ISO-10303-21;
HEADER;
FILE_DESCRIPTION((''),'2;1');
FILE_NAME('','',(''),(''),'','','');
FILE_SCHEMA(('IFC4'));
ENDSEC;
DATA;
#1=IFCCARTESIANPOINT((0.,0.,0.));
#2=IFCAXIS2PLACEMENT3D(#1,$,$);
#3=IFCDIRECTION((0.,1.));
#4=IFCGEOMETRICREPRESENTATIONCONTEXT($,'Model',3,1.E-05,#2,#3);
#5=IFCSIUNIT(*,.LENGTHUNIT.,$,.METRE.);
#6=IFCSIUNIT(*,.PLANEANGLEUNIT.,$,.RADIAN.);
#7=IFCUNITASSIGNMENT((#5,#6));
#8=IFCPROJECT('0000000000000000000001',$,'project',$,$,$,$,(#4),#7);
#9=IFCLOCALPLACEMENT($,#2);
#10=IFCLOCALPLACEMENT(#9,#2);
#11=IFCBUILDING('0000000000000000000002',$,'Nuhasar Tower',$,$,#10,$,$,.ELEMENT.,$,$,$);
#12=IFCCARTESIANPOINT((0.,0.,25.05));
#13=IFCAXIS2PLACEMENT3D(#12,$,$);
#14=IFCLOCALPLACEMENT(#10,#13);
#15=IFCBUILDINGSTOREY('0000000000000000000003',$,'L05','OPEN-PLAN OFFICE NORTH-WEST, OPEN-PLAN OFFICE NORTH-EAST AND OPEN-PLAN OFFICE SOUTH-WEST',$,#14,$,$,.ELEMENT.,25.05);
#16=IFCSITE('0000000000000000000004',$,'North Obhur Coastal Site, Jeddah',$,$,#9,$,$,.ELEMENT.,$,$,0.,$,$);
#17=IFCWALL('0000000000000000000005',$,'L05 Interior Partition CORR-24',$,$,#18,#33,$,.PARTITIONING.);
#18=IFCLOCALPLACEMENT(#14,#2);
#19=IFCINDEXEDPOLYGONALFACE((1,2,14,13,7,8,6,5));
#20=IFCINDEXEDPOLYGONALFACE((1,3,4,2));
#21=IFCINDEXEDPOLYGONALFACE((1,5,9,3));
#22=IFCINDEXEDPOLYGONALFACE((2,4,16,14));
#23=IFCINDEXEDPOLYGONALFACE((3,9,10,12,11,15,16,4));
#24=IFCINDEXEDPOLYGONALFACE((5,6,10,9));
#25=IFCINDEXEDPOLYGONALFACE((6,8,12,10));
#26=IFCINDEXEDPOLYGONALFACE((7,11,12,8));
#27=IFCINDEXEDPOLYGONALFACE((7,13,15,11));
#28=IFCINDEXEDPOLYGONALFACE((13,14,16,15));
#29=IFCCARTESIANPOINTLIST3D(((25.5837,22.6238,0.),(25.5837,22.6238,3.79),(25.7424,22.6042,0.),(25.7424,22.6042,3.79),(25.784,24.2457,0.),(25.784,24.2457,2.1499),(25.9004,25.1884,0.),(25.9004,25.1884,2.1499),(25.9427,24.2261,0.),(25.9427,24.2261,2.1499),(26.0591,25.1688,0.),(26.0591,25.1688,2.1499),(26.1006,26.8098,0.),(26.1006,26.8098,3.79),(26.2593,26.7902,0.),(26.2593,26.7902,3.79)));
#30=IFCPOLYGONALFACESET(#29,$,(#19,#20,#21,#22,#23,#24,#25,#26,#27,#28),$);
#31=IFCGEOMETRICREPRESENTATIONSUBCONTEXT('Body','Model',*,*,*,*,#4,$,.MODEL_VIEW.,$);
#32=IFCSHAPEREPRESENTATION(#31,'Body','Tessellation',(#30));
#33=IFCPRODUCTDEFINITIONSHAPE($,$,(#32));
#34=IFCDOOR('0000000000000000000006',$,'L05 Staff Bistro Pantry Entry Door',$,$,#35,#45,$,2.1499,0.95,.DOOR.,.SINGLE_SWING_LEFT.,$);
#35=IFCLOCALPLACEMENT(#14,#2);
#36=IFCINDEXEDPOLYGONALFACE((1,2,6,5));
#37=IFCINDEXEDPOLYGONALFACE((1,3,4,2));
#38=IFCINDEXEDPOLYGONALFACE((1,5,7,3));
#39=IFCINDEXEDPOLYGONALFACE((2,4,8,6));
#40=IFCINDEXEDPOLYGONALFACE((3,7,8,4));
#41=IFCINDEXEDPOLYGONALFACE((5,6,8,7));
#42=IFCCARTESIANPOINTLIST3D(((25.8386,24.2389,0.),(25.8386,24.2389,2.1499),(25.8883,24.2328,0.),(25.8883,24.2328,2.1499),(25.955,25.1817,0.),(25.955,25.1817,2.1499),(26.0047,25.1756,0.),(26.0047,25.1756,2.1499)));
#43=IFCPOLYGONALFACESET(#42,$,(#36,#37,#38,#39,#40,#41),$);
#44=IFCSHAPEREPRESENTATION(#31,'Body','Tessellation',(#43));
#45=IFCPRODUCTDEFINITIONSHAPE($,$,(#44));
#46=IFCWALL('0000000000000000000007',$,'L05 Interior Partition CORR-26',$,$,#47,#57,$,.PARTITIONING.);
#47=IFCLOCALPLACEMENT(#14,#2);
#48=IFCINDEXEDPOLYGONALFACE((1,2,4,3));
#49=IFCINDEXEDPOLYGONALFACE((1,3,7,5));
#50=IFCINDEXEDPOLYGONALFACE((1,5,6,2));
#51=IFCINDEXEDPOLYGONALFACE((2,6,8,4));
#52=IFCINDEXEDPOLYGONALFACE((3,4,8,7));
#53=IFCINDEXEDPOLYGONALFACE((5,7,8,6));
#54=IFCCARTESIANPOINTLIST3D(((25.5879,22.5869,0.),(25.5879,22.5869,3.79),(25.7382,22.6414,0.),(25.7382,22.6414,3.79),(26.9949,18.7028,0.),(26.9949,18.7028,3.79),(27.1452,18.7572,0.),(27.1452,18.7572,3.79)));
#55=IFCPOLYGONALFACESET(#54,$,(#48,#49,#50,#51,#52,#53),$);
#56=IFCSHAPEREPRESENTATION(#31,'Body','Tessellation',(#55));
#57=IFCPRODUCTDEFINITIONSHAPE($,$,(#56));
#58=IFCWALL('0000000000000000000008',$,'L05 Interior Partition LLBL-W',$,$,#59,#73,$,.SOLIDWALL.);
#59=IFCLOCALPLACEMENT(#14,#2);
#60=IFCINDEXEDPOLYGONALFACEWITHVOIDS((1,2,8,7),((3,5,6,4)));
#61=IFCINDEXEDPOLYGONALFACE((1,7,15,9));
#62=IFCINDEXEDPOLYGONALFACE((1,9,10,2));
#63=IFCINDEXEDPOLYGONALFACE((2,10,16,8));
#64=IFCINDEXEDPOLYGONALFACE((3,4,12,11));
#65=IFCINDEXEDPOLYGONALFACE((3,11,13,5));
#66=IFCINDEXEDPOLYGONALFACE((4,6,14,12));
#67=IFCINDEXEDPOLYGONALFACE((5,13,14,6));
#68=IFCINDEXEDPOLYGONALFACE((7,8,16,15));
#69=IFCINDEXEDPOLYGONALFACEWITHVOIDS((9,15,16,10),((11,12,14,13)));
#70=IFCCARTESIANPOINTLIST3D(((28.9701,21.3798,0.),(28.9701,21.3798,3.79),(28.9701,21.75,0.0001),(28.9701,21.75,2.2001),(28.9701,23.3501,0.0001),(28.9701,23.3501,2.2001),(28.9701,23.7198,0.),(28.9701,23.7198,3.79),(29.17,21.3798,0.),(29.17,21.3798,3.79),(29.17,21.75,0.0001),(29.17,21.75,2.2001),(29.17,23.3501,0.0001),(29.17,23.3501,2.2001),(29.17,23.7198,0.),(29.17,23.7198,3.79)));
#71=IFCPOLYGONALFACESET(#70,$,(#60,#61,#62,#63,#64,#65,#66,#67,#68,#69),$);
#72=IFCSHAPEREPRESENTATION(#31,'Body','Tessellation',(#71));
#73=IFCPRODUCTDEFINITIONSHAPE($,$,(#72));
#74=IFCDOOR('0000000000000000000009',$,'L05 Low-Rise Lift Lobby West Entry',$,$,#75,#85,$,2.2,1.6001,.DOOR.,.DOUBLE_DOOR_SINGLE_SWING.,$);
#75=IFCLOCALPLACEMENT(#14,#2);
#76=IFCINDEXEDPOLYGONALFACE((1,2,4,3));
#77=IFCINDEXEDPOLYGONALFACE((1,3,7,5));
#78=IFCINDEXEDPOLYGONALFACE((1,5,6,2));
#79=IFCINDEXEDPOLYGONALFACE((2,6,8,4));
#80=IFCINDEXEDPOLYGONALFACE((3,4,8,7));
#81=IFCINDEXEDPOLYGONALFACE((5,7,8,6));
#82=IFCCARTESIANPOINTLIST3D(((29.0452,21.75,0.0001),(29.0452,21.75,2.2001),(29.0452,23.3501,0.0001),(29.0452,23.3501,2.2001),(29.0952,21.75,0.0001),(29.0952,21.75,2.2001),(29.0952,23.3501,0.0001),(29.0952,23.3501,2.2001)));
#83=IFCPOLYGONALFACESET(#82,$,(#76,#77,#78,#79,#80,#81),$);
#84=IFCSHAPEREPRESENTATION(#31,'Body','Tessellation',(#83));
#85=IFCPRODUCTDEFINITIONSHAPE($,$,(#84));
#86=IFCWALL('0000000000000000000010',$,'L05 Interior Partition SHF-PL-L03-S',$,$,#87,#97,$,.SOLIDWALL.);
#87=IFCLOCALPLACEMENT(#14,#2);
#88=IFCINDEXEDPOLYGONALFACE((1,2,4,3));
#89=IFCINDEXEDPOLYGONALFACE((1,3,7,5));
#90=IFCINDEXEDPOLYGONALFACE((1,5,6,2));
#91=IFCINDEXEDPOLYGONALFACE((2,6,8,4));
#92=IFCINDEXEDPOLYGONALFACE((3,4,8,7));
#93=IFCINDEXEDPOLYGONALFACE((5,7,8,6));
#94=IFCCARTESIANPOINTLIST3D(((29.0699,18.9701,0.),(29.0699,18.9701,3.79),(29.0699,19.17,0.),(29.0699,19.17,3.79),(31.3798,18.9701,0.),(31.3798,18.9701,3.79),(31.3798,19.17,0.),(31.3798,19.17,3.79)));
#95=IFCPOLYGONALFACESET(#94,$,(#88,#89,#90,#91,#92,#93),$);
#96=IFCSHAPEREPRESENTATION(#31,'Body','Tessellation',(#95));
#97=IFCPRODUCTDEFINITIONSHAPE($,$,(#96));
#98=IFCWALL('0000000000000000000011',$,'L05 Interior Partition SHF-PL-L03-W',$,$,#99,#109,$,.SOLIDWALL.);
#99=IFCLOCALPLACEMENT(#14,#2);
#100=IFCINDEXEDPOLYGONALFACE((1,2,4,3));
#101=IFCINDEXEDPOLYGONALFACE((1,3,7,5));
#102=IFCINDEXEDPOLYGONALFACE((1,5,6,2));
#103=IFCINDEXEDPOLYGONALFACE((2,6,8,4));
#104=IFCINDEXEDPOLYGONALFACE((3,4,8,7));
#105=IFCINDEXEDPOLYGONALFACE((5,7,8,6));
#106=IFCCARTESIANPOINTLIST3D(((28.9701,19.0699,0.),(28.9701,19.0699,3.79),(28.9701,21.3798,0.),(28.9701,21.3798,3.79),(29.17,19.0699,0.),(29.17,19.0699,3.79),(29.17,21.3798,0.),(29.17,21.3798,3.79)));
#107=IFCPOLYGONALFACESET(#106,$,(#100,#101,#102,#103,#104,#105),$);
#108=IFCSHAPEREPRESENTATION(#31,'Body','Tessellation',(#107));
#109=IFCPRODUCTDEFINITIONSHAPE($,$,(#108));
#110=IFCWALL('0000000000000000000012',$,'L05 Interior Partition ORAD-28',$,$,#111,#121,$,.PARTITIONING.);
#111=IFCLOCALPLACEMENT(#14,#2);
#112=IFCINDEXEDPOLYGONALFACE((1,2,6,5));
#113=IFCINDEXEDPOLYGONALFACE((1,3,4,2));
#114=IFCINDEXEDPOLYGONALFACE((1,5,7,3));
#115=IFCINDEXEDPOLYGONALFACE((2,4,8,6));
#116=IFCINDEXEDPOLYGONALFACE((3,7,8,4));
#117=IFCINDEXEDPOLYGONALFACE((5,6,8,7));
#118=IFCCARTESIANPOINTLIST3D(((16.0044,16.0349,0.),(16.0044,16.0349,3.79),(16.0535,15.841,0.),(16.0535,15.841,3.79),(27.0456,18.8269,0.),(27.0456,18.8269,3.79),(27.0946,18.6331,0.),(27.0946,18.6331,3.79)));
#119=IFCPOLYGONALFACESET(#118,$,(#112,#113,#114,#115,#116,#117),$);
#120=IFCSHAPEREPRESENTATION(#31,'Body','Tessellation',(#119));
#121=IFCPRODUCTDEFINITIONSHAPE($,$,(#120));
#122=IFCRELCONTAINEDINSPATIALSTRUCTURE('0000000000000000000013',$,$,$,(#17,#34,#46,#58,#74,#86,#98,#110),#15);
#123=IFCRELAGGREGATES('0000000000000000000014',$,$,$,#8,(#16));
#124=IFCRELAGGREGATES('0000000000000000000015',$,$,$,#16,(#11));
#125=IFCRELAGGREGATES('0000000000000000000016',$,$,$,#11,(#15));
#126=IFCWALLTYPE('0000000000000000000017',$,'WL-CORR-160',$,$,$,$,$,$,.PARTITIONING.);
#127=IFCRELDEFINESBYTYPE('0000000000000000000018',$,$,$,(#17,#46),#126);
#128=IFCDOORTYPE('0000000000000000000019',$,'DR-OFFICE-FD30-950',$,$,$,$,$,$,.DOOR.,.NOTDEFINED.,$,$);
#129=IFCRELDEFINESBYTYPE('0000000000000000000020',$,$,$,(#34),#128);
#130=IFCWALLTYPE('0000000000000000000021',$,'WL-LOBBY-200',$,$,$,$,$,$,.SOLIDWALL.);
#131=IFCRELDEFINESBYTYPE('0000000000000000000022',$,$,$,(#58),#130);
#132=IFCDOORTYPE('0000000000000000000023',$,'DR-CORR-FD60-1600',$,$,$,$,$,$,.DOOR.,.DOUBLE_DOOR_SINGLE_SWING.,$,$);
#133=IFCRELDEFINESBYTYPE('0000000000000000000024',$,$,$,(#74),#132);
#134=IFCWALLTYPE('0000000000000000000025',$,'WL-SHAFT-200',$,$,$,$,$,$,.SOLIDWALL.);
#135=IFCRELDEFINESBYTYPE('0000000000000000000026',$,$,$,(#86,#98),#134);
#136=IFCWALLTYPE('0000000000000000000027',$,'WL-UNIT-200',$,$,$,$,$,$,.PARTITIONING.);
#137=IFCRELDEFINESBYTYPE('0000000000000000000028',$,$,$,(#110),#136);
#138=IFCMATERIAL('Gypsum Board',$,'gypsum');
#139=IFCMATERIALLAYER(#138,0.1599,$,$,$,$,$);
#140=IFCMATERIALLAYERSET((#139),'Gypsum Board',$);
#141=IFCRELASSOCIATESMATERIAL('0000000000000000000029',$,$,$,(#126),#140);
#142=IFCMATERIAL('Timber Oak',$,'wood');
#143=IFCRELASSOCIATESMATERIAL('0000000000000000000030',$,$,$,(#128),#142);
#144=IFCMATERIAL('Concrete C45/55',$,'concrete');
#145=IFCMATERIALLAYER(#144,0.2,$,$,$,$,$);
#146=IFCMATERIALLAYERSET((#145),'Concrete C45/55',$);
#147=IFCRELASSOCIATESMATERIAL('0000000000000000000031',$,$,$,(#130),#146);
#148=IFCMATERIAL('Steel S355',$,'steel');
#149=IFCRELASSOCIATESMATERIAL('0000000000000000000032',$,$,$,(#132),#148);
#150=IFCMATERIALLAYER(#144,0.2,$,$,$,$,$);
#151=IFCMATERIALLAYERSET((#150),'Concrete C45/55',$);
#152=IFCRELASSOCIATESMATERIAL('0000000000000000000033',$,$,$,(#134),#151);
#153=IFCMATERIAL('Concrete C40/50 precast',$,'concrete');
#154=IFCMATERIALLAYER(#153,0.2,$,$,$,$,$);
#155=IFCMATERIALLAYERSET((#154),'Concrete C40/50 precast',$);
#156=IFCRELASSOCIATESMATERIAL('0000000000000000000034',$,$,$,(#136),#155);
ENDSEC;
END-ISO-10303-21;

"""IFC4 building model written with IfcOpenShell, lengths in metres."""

from ifc_helpers import new_model, si_unit, direction, frame, frame_2d, origin, place, context, subcontext, project, spatial, rectangle, extrude, material, layer, layer_set, type_object, element, fill, save


model = new_model("IFC4")

# Units and contexts
model_context = context("Model", 3, precision=1e-05, world=origin(), true_north=direction((0.0, 1.0)))
body_context = subcontext(model_context, "Body", "Model", "MODEL_VIEW")
ifc_project = project(units=[si_unit("LENGTHUNIT", "METRE"), si_unit("PLANEANGLEUNIT", "RADIAN")], contexts=[model_context])

# Site, building, storey
site_placement = place(None, origin())
site = spatial("IfcSite", under=ifc_project, at=site_placement, Name="North Obhur Coastal Site, Jeddah", CompositionType="ELEMENT", RefElevation=0.0)
building_placement = place(site_placement, origin())
building = spatial("IfcBuilding", under=site, at=building_placement, Name="Nuhasar Tower", CompositionType="ELEMENT")
storey_placement = place(building_placement, frame((0.0, 0.0, 25.05)))
storey = spatial("IfcBuildingStorey", under=building, at=storey_placement, Name="L05", Description="OPEN-PLAN OFFICE NORTH-WEST, OPEN-PLAN OFFICE NORTH-EAST AND OPEN-PLAN OFFICE SOUTH-WEST", CompositionType="ELEMENT", Elevation=25.05)

# Shared definitions
ifc_material_1 = material(Name="Steel S355", Category="steel")

# Wall, opening, door
ifc_material_2 = material(Name="Gypsum Board", Category="gypsum")
ifc_layer_1 = layer(ifc_material_2, 0.1599)
ifc_layer_set_1 = layer_set([ifc_layer_1], Name="Gypsum Board")
wall_type_1 = type_object("IfcWallType", Name="WL-CORR-160", PredefinedType="PARTITIONING", material=ifc_layer_set_1)
wall_1_placement = place(storey_placement, frame((25.6631, 22.614, 0.0), z_axis=(0.0, 0.0, 1.0), x_axis=(0.122539, 0.992464, 0.0)))
wall_1 = element("IfcWall", 1, at=wall_1_placement, inside=storey, type_object=wall_type_1, Name="L05 Interior Partition CORR-24", PredefinedType="PARTITIONING", context=body_context, shape_type="SweptSolid", body=[
    extrude(rectangle(XDim=4.2178, YDim=0.1599, at=frame_2d((2.1089, 0.0))), origin(), (0.0, 0.0, 1.0), 3.79),
])
opening_1_placement = place(wall_1_placement, frame((1.634, 0.0, 0.0)))
opening_1 = element("IfcOpeningElement", 2, at=opening_1_placement, cuts=wall_1, PredefinedType="OPENING", context=body_context, shape_type="SweptSolid", body=[
    extrude(rectangle(XDim=0.95, YDim=2.1499, at=frame_2d((0.4751, 1.075))), frame((0.0, 0.0898, 0.0), z_axis=(0.0, -1.0, 0.0), x_axis=(1.0, 0.0, 0.0)), (0.0, 0.0, 1.0), 0.1799),
])
ifc_material_3 = material(Name="Timber Oak", Category="wood")
door_type_1 = type_object("IfcDoorType", Name="DR-OFFICE-FD30-950", OperationType="NOTDEFINED", PredefinedType="DOOR", material=ifc_material_3)
door_1_placement = place(opening_1_placement, origin())
door_1 = element("IfcDoor", 3, at=door_1_placement, inside=storey, type_object=door_type_1, Name="L05 Staff Bistro Pantry Entry Door", OperationType="SINGLE_SWING_LEFT", OverallHeight=2.1499, OverallWidth=0.95, PredefinedType="DOOR", context=body_context, shape_type="SweptSolid", body=[
    extrude(rectangle(XDim=0.95, YDim=2.1499, at=frame_2d((0.4751, 1.075))), frame((0.0, 0.0249, 0.0), z_axis=(0.0, -1.0, 0.0), x_axis=(1.0, 0.0, 0.0)), (0.0, 0.0, 1.0), 0.05),
])
fill(opening_1, door_1)

# Wall
wall_2_placement = place(storey_placement, frame((25.6631, 22.614, 0.0), z_axis=(0.0, 0.0, 1.0), x_axis=(0.34059, -0.940212, 0.0)))
element("IfcWall", 4, at=wall_2_placement, inside=storey, type_object=wall_type_1, Name="L05 Interior Partition CORR-26", PredefinedType="PARTITIONING", context=body_context, shape_type="SweptSolid", body=[
    extrude(rectangle(XDim=4.1311, YDim=0.1599, at=frame_2d((2.0654, 0.0))), origin(), (0.0, 0.0, 1.0), 3.79),
])

# Wall, opening, door
ifc_material_4 = material(Name="Concrete C45/55", Category="concrete")
ifc_layer_2 = layer(ifc_material_4, 0.2)
ifc_layer_set_2 = layer_set([ifc_layer_2], Name="Concrete C45/55")
wall_type_2 = type_object("IfcWallType", Name="WL-LOBBY-200", PredefinedType="SOLIDWALL", material=ifc_layer_set_2)
wall_3_placement = place(storey_placement, frame((29.0701, 21.3799, 0.0), z_axis=(0.0, 0.0, 1.0), x_axis=(0.0, 1.0, 0.0)))
wall_3 = element("IfcWall", 5, at=wall_3_placement, inside=storey, type_object=wall_type_2, Name="L05 Interior Partition LLBL-W", PredefinedType="SOLIDWALL", context=body_context, shape_type="SweptSolid", body=[
    extrude(rectangle(XDim=2.3401, YDim=0.2, at=frame_2d((1.1699, 0.0))), origin(), (0.0, 0.0, 1.0), 3.79),
])
opening_2_placement = place(wall_3_placement, frame((0.3701, 0.0, 0.0)))
opening_2 = element("IfcOpeningElement", 6, at=opening_2_placement, cuts=wall_3, PredefinedType="OPENING", context=body_context, shape_type="SweptSolid", body=[
    extrude(rectangle(XDim=1.6001, YDim=2.2, at=frame_2d((0.8, 1.1001))), frame((0.0, 0.1099, 0.0), z_axis=(0.0, -1.0, 0.0), x_axis=(1.0, 0.0, 0.0)), (0.0, 0.0, 1.0), 0.22),
])
door_type_2 = type_object("IfcDoorType", Name="DR-CORR-FD60-1600", OperationType="DOUBLE_DOOR_SINGLE_SWING", PredefinedType="DOOR", material=ifc_material_1)
door_2_placement = place(opening_2_placement, origin())
door_2 = element("IfcDoor", 7, at=door_2_placement, inside=storey, type_object=door_type_2, Name="L05 Low-Rise Lift Lobby West Entry", OperationType="DOUBLE_DOOR_SINGLE_SWING", OverallHeight=2.2, OverallWidth=1.6001, PredefinedType="DOOR", context=body_context, shape_type="SweptSolid", body=[
    extrude(rectangle(XDim=1.6001, YDim=2.2, at=frame_2d((0.8, 1.1001))), frame((0.0, 0.0249, 0.0), z_axis=(0.0, -1.0, 0.0), x_axis=(1.0, 0.0, 0.0)), (0.0, 0.0, 1.0), 0.05),
])
fill(opening_2, door_2)
ifc_layer_3 = layer(ifc_material_4, 0.2)
ifc_layer_set_3 = layer_set([ifc_layer_3], Name="Concrete C45/55")
wall_type_3 = type_object("IfcWallType", Name="WL-SHAFT-200", PredefinedType="SOLIDWALL", material=ifc_layer_set_3)

# Wall
wall_4_placement = place(storey_placement, frame((29.0701, 19.0701, 0.0), z_axis=(0.0, 0.0, 1.0), x_axis=(1.0, 0.0, 0.0)))
element("IfcWall", 8, at=wall_4_placement, inside=storey, type_object=wall_type_3, Name="L05 Interior Partition SHF-PL-L03-S", PredefinedType="SOLIDWALL", context=body_context, shape_type="SweptSolid", body=[
    extrude(rectangle(XDim=2.3098, YDim=0.2, at=frame_2d((1.1548, 0.0))), origin(), (0.0, 0.0, 1.0), 3.79),
])

# Walls
wall_5_placement = place(storey_placement, frame((29.0701, 19.0701, 0.0), z_axis=(0.0, 0.0, 1.0), x_axis=(0.0, 1.0, 0.0)))
element("IfcWall", 9, at=wall_5_placement, inside=storey, type_object=wall_type_3, Name="L05 Interior Partition SHF-PL-L03-W", PredefinedType="SOLIDWALL", context=body_context, shape_type="SweptSolid", body=[
    extrude(rectangle(XDim=2.3098, YDim=0.2, at=frame_2d((1.1548, 0.0))), origin(), (0.0, 0.0, 1.0), 3.79),
])
ifc_material_5 = material(Name="Concrete C40/50 precast", Category="concrete")
ifc_layer_4 = layer(ifc_material_5, 0.2)
ifc_layer_set_4 = layer_set([ifc_layer_4], Name="Concrete C40/50 precast")
wall_type_4 = type_object("IfcWallType", Name="WL-UNIT-200", PredefinedType="PARTITIONING", material=ifc_layer_set_4)
wall_6_placement = place(storey_placement, frame((27.0701, 18.73, 0.0), z_axis=(0.0, 0.0, 1.0), x_axis=(-0.969483, -0.245158, 0.0)))
element("IfcWall", 10, at=wall_6_placement, inside=storey, type_object=wall_type_4, Name="L05 Interior Partition ORAD-28", PredefinedType="PARTITIONING", context=body_context, shape_type="SweptSolid", body=[
    extrude(rectangle(XDim=11.3887, YDim=0.2, at=frame_2d((5.6943, 0.0))), origin(), (0.0, 0.0, 1.0), 3.79),
])

save(model, "model.ifc")
